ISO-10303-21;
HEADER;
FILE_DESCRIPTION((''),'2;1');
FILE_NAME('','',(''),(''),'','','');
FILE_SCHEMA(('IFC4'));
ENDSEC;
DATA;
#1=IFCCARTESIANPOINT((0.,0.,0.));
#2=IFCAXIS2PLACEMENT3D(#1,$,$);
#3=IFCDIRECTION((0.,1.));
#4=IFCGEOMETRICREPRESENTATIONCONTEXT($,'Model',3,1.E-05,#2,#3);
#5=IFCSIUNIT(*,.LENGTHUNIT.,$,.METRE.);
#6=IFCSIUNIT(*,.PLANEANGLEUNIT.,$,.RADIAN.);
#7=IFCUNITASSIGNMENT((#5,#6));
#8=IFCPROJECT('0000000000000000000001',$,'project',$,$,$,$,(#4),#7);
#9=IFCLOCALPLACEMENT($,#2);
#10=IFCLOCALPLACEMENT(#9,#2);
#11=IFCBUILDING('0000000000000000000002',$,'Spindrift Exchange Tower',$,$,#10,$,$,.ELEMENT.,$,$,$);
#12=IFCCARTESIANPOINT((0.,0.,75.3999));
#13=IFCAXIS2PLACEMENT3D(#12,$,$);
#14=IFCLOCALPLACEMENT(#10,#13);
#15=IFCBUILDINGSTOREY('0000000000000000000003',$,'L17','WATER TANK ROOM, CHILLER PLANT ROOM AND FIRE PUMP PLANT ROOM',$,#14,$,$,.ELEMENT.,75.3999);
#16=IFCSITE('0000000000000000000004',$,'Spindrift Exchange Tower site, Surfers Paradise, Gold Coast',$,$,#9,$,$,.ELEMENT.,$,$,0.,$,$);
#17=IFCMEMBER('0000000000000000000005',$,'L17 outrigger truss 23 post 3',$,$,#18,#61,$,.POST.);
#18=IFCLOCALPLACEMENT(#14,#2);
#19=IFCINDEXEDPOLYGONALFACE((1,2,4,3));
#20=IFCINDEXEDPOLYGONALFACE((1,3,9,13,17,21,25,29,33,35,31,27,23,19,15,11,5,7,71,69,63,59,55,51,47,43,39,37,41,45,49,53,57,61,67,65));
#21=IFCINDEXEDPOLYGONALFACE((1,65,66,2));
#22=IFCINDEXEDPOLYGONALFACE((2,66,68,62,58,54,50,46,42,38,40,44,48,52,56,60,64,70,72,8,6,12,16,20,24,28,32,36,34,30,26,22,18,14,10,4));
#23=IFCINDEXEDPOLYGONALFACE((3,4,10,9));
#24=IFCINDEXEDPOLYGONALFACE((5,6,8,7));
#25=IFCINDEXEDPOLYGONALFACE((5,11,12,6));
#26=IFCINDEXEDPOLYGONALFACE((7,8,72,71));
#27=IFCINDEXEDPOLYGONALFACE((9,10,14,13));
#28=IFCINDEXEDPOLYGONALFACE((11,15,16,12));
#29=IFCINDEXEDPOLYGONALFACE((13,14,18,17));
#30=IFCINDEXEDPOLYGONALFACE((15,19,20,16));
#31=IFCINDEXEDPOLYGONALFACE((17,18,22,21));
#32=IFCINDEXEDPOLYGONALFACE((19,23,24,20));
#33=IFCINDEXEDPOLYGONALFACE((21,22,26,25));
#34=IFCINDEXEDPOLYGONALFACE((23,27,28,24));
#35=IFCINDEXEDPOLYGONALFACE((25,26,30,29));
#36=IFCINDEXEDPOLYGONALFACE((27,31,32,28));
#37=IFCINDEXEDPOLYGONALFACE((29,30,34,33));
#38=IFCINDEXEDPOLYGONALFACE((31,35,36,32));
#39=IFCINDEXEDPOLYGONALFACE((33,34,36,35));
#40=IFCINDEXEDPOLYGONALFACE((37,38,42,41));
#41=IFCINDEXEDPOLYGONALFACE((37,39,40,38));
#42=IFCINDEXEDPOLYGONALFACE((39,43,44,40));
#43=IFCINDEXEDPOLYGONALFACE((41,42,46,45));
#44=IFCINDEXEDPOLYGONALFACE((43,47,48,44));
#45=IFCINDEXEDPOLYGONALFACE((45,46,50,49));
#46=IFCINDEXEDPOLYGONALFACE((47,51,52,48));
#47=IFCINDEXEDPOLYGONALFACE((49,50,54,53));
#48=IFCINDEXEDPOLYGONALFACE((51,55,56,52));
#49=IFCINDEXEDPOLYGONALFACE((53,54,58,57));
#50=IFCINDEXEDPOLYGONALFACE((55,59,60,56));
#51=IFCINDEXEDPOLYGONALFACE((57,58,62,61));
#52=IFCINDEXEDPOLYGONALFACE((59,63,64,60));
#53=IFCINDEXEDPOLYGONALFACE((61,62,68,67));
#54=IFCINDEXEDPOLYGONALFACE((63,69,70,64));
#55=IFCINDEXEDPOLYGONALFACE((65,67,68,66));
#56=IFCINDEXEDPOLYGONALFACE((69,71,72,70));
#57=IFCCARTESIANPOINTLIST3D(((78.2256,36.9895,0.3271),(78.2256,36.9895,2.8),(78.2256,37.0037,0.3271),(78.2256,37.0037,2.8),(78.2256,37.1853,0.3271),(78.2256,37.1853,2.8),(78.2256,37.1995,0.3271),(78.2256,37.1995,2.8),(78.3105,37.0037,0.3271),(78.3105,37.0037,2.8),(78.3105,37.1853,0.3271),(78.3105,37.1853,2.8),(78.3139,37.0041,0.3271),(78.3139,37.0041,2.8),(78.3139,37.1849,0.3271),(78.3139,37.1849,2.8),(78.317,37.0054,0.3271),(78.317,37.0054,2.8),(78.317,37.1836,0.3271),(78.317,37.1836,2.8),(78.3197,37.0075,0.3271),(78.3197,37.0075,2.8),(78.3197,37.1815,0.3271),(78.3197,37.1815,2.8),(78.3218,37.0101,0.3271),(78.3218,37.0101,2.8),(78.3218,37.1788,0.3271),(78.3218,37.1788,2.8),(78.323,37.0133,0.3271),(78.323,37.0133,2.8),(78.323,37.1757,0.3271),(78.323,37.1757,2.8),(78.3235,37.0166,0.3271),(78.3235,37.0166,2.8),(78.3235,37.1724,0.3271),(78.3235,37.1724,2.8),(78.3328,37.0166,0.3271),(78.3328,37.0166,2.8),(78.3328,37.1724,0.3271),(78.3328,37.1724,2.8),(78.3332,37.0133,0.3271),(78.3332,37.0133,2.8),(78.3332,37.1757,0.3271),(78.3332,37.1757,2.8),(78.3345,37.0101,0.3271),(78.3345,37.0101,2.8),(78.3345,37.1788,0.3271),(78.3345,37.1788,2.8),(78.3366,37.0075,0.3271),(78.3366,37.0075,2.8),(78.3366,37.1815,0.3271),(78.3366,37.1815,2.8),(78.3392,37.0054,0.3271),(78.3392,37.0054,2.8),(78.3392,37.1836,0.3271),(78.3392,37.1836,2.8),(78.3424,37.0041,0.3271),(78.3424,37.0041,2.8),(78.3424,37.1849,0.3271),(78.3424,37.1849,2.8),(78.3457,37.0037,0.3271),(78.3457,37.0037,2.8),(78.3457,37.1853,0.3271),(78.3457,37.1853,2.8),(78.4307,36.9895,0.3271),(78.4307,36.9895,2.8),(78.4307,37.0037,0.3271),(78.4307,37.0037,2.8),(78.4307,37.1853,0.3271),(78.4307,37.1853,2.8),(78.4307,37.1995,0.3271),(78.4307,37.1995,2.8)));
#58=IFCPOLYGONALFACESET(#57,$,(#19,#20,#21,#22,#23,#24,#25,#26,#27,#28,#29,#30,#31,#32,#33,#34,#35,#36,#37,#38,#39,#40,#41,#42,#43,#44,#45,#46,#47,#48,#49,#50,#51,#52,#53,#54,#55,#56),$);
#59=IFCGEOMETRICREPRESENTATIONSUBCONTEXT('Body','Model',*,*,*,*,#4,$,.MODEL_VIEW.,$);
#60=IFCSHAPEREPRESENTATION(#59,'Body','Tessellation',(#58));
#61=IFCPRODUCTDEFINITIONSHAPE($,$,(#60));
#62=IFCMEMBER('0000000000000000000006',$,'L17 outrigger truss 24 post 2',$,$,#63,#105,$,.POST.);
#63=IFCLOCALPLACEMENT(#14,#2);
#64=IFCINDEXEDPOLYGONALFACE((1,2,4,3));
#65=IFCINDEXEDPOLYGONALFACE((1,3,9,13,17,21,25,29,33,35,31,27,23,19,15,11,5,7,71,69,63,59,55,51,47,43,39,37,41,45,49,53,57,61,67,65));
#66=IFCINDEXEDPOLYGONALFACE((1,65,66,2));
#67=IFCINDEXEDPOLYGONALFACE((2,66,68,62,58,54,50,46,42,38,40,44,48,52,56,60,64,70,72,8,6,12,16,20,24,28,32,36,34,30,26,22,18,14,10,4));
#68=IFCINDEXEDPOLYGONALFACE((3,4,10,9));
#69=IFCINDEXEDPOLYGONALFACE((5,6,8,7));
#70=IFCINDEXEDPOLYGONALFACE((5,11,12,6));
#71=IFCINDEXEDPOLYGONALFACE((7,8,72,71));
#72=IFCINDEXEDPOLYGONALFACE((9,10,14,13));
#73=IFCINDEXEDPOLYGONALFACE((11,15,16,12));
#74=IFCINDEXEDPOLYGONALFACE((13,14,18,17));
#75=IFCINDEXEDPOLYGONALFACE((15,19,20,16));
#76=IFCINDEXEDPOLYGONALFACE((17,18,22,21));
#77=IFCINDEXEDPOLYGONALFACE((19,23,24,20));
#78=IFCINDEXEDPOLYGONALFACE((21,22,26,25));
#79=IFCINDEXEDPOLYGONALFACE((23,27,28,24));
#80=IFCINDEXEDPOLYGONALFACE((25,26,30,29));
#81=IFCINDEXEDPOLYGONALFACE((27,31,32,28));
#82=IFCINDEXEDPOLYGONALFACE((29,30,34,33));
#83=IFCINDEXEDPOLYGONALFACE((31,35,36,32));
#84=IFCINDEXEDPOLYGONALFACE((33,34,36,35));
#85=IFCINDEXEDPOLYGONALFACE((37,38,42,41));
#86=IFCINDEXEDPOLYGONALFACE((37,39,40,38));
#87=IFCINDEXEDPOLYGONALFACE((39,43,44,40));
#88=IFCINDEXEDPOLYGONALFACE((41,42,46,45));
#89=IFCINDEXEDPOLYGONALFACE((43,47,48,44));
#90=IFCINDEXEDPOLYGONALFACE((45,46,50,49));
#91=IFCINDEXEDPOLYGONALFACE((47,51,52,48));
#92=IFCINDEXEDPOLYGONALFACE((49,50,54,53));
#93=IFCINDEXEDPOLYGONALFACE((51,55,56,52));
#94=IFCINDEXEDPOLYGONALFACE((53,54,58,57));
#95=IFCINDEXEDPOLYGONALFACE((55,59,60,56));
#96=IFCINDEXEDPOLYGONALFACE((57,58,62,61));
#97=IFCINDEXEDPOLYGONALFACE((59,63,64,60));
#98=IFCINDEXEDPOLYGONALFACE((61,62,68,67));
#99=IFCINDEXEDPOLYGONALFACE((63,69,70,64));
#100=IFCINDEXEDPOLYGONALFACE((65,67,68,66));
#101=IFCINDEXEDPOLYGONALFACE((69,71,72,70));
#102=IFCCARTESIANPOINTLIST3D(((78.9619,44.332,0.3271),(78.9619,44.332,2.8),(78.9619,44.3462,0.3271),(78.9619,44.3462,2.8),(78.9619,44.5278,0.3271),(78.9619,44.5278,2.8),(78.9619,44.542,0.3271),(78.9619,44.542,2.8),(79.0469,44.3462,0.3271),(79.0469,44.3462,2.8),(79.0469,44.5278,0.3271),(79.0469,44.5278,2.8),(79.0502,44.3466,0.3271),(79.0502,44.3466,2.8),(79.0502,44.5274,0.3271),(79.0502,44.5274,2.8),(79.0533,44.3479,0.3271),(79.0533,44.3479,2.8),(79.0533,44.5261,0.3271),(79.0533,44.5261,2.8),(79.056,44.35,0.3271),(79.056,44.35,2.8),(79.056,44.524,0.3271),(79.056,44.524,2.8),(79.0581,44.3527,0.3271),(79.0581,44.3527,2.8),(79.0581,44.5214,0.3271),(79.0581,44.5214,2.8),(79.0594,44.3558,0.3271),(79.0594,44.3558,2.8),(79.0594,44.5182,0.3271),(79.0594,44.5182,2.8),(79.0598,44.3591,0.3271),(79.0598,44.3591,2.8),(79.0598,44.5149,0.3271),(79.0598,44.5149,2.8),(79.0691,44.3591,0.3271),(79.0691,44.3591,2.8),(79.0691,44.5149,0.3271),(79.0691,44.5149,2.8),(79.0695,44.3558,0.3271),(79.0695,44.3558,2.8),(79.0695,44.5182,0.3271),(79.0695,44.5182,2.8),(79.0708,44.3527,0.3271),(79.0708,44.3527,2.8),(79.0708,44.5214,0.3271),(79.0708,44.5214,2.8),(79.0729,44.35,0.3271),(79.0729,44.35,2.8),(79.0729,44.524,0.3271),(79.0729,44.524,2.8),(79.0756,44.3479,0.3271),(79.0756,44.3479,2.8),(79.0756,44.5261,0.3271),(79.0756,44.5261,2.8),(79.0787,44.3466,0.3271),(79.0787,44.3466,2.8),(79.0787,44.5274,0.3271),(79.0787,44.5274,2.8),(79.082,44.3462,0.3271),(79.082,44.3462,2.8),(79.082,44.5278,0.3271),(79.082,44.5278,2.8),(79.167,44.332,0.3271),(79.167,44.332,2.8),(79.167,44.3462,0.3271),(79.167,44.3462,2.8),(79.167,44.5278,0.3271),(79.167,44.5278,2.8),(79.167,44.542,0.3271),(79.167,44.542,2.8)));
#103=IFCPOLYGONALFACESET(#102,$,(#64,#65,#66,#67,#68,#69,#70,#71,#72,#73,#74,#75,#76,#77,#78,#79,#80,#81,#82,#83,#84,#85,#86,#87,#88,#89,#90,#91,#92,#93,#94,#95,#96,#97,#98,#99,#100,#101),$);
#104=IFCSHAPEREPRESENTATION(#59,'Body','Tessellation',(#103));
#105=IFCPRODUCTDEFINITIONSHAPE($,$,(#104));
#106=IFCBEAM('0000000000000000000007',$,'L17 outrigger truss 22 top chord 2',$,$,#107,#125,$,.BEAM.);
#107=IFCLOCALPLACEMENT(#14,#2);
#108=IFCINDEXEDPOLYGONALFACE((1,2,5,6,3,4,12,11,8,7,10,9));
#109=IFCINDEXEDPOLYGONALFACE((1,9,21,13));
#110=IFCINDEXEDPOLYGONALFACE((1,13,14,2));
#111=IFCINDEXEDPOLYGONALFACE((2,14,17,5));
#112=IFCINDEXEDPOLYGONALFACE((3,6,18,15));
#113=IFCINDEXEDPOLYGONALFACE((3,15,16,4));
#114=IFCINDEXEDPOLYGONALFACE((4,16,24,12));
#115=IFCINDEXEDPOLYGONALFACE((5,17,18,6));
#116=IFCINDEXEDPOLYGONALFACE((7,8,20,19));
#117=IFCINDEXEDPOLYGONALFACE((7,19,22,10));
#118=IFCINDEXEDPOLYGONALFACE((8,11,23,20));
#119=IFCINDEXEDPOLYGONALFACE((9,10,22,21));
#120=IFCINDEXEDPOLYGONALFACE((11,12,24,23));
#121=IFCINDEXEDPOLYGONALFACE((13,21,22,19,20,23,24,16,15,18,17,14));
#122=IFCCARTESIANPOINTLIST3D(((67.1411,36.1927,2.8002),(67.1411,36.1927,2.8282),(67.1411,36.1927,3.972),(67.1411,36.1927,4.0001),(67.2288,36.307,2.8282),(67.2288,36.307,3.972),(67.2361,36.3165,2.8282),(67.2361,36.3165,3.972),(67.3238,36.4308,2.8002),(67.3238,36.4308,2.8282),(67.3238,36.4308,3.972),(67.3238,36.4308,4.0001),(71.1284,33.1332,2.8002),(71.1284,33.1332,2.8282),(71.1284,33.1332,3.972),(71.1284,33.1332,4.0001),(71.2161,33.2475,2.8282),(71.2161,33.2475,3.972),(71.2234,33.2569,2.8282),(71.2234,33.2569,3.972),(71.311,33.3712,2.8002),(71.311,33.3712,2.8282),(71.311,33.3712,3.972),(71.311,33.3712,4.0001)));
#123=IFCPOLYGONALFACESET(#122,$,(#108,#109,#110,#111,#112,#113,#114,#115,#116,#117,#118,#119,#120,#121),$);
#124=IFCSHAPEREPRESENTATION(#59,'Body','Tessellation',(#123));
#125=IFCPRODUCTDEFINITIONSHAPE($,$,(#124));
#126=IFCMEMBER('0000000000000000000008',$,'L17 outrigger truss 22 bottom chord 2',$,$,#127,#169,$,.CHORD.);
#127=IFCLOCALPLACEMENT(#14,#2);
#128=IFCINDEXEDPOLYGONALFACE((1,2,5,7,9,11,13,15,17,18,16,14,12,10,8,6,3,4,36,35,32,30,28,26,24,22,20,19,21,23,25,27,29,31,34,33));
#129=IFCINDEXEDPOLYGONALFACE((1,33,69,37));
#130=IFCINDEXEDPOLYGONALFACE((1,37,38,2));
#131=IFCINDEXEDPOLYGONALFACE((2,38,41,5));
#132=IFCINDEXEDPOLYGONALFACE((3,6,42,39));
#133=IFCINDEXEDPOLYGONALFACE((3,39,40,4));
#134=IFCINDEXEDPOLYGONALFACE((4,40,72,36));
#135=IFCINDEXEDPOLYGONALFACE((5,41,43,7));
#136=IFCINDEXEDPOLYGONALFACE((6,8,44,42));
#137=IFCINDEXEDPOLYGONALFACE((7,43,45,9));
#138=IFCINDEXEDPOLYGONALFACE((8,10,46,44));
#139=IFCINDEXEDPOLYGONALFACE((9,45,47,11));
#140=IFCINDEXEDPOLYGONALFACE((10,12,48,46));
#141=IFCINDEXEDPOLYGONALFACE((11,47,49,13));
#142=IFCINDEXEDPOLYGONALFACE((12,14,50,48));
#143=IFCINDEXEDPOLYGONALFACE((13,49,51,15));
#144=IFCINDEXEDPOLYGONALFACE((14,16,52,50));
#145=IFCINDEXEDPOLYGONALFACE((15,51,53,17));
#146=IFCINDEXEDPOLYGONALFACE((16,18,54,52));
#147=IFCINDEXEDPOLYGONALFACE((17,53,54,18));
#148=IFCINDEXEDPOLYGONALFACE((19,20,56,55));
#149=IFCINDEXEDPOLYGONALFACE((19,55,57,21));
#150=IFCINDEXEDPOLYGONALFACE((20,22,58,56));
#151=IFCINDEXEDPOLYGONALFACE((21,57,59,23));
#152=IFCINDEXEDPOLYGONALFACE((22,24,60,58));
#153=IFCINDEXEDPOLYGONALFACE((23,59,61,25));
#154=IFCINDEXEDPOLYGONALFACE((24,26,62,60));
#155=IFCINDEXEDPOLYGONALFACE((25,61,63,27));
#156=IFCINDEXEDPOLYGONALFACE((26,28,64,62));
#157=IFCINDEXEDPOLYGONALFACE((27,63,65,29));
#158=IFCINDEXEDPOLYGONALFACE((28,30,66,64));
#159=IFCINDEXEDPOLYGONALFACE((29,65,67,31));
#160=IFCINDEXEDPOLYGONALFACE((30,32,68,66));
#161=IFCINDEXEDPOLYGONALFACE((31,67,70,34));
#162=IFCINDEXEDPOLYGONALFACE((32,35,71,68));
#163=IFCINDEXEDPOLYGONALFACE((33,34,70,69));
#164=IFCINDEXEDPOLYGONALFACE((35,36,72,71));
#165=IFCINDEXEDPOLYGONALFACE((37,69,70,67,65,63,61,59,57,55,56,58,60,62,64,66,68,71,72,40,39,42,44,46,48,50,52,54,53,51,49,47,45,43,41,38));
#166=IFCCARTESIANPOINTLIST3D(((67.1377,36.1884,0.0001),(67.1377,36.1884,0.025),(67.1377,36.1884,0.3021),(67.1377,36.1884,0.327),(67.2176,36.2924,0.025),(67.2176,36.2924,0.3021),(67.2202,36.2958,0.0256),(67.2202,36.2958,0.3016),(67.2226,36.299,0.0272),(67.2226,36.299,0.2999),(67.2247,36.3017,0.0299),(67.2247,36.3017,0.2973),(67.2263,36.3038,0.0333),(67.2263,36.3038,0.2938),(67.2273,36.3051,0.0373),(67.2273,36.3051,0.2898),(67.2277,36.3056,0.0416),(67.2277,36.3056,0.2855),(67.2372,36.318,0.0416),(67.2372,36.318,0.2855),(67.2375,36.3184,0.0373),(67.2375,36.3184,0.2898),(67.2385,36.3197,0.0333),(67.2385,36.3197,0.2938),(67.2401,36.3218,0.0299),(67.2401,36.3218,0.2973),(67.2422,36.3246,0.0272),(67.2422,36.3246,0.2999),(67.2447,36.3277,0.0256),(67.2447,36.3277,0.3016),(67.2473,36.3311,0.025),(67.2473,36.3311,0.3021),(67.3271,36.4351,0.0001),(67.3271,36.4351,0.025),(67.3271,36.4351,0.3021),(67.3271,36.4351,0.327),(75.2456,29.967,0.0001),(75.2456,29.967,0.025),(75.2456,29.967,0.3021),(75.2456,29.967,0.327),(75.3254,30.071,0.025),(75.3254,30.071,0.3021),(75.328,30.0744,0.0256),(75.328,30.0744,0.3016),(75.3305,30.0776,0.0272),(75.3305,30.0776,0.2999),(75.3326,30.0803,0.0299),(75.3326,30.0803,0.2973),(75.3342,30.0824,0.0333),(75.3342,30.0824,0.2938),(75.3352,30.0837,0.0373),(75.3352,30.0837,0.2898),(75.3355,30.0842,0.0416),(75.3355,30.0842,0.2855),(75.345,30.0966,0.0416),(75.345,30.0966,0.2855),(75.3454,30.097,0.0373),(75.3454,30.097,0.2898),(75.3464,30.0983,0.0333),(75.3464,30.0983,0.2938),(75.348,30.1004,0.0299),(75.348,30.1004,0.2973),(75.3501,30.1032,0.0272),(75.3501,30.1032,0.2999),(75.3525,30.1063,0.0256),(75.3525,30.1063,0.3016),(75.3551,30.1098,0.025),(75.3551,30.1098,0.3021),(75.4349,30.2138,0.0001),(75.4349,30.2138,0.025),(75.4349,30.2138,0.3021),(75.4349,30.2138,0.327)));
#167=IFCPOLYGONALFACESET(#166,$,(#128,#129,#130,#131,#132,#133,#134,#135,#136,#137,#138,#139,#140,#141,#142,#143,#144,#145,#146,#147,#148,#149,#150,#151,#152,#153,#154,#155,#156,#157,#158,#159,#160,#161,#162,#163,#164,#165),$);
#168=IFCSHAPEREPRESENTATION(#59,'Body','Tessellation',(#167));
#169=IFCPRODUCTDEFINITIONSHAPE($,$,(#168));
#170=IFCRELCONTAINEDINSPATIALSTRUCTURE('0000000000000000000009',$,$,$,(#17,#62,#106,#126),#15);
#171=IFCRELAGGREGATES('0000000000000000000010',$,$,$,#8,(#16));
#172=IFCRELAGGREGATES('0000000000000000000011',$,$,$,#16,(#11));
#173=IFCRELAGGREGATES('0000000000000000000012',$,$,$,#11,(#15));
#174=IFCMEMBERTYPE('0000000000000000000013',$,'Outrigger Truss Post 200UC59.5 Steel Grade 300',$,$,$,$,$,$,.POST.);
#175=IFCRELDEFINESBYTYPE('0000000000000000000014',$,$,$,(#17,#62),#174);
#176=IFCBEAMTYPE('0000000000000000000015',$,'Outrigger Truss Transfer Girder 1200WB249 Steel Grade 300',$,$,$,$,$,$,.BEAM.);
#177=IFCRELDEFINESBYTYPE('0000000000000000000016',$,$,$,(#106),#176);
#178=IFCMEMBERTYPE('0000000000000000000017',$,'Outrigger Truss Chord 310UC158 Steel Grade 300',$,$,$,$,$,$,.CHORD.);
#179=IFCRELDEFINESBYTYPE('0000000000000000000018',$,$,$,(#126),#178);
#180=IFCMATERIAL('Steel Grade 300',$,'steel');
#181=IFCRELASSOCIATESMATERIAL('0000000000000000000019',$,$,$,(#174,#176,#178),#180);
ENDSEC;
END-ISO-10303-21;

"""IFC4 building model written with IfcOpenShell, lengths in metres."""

from ifc_helpers import new_model, si_unit, direction, frame, origin, origin_2d, place, context, subcontext, project, spatial, i_section, extrude, source, transform, mapped, material, material_profile, profile_set, type_object, element, save


model = new_model("IFC4")

# Units and contexts
model_context = context("Model", 3, precision=1e-05, world=origin(), true_north=direction((0.0, 1.0)))
body_context = subcontext(model_context, "Body", "Model", "MODEL_VIEW")
ifc_project = project(units=[si_unit("LENGTHUNIT", "METRE"), si_unit("PLANEANGLEUNIT", "RADIAN")], contexts=[model_context])

# Site, building, storey
site_placement = place(None, origin())
site = spatial("IfcSite", under=ifc_project, at=site_placement, Name="Spindrift Exchange Tower site, Surfers Paradise, Gold Coast", CompositionType="ELEMENT", RefElevation=0.0)
building_placement = place(site_placement, origin())
building = spatial("IfcBuilding", under=site, at=building_placement, Name="Spindrift Exchange Tower", CompositionType="ELEMENT")
storey_placement = place(building_placement, frame((0.0, 0.0, 75.3999)))
storey = spatial("IfcBuildingStorey", under=building, at=storey_placement, Name="L17", Description="WATER TANK ROOM, CHILLER PLANT ROOM AND FIRE PUMP PLANT ROOM", CompositionType="ELEMENT", Elevation=75.3999)

# Members
ifc_material_1 = material(Name="Steel Grade 300", Category="steel")
ifc_material_profile_1 = material_profile(ifc_material_1, i_section(OverallWidth=0.2051, OverallDepth=0.21, WebThickness=0.0093, FlangeThickness=0.0142, FilletRadius=0.0129, at=origin_2d()), Name="200UC59.5")
ifc_profile_set_1 = profile_set([ifc_material_profile_1], Name="Steel Grade 300")
member_type_1 = type_object("IfcMemberType", Name="Outrigger Truss Post 200UC59.5 Steel Grade 300", PredefinedType="POST", material=ifc_profile_set_1)
shared_shape_1 = source(origin(), body_context, "Body", "SweptSolid", [
    extrude(i_section(OverallWidth=0.2051, OverallDepth=0.21, WebThickness=0.0093, FlangeThickness=0.0142, FilletRadius=0.0129, at=origin_2d()), origin(), (0.0, 0.0, 1.0), 2.4729),
])
for number, where, z_axis, x_axis, name in (
    (1, (78.3281, 37.0945, 0.3271), (0.0, 0.0, 1.0), (1.0, 0.0, 0.0), "L17 outrigger truss 23 post 3"),
    (2, (79.0645, 44.437, 0.3271), (0.0, 0.0, 1.0), (1.0, 0.0, 0.0), "L17 outrigger truss 24 post 2"),
):
    element("IfcMember", number, at=place(storey_placement, frame(where, z_axis=z_axis, x_axis=x_axis)), inside=storey, type_object=member_type_1, Name=name, PredefinedType="POST", context=body_context, shape_type="MappedRepresentation", body=[
        mapped(shared_shape_1, transform((0.0, 0.0, 0.0), scale=1.0)),
    ])

# Beam
ifc_material_profile_2 = material_profile(ifc_material_1, i_section(OverallWidth=0.3, OverallDepth=1.2, WebThickness=0.012, FlangeThickness=0.0281, at=origin_2d()), Name="1200WB249")
ifc_profile_set_2 = profile_set([ifc_material_profile_2], Name="Steel Grade 300")
beam_type = type_object("IfcBeamType", Name="Outrigger Truss Transfer Girder 1200WB249 Steel Grade 300", PredefinedType="BEAM", material=ifc_profile_set_2)
shared_shape_2 = source(origin(), body_context, "Body", "SweptSolid", [
    extrude(i_section(OverallWidth=0.3, OverallDepth=1.2, WebThickness=0.012, FlangeThickness=0.0281, at=origin_2d()), origin(), (0.0, 0.0, 1.0), 5.0259),
])
beam_1_placement = place(storey_placement, frame((67.2324, 36.3118, 3.4001), z_axis=(0.793353, -0.608762, 0.0), x_axis=(0.608762, 0.793353, 0.0)))
element("IfcBeam", 3, at=beam_1_placement, inside=storey, type_object=beam_type, Name="L17 outrigger truss 22 top chord 2", PredefinedType="BEAM", context=body_context, shape_type="MappedRepresentation", body=[
    mapped(shared_shape_2, transform((0.0, 0.0, 0.0), scale=1.0)),
])

# Member
ifc_material_profile_3 = material_profile(ifc_material_1, i_section(OverallWidth=0.311, OverallDepth=0.3269, WebThickness=0.0156, FlangeThickness=0.0249, FilletRadius=0.0166, at=origin_2d()), Name="310UC158")
ifc_profile_set_3 = profile_set([ifc_material_profile_3], Name="Steel Grade 300")
member_type_2 = type_object("IfcMemberType", Name="Outrigger Truss Chord 310UC158 Steel Grade 300", PredefinedType="CHORD", material=ifc_profile_set_3)
shared_shape_3 = source(origin(), body_context, "Body", "SweptSolid", [
    extrude(i_section(OverallWidth=0.311, OverallDepth=0.3269, WebThickness=0.0156, FlangeThickness=0.0249, FilletRadius=0.0166, at=origin_2d()), origin(), (0.0, 0.0, 1.0), 10.2197),
])
member_1_placement = place(storey_placement, frame((67.2324, 36.3118, 0.1636), z_axis=(0.793353, -0.608762, 0.0), x_axis=(0.608762, 0.793353, 0.0)))
element("IfcMember", 4, at=member_1_placement, inside=storey, type_object=member_type_2, Name="L17 outrigger truss 22 bottom chord 2", PredefinedType="CHORD", context=body_context, shape_type="MappedRepresentation", body=[
    mapped(shared_shape_3, transform((0.0, 0.0, 0.0), scale=1.0)),
])

save(model, "model.ifc")
